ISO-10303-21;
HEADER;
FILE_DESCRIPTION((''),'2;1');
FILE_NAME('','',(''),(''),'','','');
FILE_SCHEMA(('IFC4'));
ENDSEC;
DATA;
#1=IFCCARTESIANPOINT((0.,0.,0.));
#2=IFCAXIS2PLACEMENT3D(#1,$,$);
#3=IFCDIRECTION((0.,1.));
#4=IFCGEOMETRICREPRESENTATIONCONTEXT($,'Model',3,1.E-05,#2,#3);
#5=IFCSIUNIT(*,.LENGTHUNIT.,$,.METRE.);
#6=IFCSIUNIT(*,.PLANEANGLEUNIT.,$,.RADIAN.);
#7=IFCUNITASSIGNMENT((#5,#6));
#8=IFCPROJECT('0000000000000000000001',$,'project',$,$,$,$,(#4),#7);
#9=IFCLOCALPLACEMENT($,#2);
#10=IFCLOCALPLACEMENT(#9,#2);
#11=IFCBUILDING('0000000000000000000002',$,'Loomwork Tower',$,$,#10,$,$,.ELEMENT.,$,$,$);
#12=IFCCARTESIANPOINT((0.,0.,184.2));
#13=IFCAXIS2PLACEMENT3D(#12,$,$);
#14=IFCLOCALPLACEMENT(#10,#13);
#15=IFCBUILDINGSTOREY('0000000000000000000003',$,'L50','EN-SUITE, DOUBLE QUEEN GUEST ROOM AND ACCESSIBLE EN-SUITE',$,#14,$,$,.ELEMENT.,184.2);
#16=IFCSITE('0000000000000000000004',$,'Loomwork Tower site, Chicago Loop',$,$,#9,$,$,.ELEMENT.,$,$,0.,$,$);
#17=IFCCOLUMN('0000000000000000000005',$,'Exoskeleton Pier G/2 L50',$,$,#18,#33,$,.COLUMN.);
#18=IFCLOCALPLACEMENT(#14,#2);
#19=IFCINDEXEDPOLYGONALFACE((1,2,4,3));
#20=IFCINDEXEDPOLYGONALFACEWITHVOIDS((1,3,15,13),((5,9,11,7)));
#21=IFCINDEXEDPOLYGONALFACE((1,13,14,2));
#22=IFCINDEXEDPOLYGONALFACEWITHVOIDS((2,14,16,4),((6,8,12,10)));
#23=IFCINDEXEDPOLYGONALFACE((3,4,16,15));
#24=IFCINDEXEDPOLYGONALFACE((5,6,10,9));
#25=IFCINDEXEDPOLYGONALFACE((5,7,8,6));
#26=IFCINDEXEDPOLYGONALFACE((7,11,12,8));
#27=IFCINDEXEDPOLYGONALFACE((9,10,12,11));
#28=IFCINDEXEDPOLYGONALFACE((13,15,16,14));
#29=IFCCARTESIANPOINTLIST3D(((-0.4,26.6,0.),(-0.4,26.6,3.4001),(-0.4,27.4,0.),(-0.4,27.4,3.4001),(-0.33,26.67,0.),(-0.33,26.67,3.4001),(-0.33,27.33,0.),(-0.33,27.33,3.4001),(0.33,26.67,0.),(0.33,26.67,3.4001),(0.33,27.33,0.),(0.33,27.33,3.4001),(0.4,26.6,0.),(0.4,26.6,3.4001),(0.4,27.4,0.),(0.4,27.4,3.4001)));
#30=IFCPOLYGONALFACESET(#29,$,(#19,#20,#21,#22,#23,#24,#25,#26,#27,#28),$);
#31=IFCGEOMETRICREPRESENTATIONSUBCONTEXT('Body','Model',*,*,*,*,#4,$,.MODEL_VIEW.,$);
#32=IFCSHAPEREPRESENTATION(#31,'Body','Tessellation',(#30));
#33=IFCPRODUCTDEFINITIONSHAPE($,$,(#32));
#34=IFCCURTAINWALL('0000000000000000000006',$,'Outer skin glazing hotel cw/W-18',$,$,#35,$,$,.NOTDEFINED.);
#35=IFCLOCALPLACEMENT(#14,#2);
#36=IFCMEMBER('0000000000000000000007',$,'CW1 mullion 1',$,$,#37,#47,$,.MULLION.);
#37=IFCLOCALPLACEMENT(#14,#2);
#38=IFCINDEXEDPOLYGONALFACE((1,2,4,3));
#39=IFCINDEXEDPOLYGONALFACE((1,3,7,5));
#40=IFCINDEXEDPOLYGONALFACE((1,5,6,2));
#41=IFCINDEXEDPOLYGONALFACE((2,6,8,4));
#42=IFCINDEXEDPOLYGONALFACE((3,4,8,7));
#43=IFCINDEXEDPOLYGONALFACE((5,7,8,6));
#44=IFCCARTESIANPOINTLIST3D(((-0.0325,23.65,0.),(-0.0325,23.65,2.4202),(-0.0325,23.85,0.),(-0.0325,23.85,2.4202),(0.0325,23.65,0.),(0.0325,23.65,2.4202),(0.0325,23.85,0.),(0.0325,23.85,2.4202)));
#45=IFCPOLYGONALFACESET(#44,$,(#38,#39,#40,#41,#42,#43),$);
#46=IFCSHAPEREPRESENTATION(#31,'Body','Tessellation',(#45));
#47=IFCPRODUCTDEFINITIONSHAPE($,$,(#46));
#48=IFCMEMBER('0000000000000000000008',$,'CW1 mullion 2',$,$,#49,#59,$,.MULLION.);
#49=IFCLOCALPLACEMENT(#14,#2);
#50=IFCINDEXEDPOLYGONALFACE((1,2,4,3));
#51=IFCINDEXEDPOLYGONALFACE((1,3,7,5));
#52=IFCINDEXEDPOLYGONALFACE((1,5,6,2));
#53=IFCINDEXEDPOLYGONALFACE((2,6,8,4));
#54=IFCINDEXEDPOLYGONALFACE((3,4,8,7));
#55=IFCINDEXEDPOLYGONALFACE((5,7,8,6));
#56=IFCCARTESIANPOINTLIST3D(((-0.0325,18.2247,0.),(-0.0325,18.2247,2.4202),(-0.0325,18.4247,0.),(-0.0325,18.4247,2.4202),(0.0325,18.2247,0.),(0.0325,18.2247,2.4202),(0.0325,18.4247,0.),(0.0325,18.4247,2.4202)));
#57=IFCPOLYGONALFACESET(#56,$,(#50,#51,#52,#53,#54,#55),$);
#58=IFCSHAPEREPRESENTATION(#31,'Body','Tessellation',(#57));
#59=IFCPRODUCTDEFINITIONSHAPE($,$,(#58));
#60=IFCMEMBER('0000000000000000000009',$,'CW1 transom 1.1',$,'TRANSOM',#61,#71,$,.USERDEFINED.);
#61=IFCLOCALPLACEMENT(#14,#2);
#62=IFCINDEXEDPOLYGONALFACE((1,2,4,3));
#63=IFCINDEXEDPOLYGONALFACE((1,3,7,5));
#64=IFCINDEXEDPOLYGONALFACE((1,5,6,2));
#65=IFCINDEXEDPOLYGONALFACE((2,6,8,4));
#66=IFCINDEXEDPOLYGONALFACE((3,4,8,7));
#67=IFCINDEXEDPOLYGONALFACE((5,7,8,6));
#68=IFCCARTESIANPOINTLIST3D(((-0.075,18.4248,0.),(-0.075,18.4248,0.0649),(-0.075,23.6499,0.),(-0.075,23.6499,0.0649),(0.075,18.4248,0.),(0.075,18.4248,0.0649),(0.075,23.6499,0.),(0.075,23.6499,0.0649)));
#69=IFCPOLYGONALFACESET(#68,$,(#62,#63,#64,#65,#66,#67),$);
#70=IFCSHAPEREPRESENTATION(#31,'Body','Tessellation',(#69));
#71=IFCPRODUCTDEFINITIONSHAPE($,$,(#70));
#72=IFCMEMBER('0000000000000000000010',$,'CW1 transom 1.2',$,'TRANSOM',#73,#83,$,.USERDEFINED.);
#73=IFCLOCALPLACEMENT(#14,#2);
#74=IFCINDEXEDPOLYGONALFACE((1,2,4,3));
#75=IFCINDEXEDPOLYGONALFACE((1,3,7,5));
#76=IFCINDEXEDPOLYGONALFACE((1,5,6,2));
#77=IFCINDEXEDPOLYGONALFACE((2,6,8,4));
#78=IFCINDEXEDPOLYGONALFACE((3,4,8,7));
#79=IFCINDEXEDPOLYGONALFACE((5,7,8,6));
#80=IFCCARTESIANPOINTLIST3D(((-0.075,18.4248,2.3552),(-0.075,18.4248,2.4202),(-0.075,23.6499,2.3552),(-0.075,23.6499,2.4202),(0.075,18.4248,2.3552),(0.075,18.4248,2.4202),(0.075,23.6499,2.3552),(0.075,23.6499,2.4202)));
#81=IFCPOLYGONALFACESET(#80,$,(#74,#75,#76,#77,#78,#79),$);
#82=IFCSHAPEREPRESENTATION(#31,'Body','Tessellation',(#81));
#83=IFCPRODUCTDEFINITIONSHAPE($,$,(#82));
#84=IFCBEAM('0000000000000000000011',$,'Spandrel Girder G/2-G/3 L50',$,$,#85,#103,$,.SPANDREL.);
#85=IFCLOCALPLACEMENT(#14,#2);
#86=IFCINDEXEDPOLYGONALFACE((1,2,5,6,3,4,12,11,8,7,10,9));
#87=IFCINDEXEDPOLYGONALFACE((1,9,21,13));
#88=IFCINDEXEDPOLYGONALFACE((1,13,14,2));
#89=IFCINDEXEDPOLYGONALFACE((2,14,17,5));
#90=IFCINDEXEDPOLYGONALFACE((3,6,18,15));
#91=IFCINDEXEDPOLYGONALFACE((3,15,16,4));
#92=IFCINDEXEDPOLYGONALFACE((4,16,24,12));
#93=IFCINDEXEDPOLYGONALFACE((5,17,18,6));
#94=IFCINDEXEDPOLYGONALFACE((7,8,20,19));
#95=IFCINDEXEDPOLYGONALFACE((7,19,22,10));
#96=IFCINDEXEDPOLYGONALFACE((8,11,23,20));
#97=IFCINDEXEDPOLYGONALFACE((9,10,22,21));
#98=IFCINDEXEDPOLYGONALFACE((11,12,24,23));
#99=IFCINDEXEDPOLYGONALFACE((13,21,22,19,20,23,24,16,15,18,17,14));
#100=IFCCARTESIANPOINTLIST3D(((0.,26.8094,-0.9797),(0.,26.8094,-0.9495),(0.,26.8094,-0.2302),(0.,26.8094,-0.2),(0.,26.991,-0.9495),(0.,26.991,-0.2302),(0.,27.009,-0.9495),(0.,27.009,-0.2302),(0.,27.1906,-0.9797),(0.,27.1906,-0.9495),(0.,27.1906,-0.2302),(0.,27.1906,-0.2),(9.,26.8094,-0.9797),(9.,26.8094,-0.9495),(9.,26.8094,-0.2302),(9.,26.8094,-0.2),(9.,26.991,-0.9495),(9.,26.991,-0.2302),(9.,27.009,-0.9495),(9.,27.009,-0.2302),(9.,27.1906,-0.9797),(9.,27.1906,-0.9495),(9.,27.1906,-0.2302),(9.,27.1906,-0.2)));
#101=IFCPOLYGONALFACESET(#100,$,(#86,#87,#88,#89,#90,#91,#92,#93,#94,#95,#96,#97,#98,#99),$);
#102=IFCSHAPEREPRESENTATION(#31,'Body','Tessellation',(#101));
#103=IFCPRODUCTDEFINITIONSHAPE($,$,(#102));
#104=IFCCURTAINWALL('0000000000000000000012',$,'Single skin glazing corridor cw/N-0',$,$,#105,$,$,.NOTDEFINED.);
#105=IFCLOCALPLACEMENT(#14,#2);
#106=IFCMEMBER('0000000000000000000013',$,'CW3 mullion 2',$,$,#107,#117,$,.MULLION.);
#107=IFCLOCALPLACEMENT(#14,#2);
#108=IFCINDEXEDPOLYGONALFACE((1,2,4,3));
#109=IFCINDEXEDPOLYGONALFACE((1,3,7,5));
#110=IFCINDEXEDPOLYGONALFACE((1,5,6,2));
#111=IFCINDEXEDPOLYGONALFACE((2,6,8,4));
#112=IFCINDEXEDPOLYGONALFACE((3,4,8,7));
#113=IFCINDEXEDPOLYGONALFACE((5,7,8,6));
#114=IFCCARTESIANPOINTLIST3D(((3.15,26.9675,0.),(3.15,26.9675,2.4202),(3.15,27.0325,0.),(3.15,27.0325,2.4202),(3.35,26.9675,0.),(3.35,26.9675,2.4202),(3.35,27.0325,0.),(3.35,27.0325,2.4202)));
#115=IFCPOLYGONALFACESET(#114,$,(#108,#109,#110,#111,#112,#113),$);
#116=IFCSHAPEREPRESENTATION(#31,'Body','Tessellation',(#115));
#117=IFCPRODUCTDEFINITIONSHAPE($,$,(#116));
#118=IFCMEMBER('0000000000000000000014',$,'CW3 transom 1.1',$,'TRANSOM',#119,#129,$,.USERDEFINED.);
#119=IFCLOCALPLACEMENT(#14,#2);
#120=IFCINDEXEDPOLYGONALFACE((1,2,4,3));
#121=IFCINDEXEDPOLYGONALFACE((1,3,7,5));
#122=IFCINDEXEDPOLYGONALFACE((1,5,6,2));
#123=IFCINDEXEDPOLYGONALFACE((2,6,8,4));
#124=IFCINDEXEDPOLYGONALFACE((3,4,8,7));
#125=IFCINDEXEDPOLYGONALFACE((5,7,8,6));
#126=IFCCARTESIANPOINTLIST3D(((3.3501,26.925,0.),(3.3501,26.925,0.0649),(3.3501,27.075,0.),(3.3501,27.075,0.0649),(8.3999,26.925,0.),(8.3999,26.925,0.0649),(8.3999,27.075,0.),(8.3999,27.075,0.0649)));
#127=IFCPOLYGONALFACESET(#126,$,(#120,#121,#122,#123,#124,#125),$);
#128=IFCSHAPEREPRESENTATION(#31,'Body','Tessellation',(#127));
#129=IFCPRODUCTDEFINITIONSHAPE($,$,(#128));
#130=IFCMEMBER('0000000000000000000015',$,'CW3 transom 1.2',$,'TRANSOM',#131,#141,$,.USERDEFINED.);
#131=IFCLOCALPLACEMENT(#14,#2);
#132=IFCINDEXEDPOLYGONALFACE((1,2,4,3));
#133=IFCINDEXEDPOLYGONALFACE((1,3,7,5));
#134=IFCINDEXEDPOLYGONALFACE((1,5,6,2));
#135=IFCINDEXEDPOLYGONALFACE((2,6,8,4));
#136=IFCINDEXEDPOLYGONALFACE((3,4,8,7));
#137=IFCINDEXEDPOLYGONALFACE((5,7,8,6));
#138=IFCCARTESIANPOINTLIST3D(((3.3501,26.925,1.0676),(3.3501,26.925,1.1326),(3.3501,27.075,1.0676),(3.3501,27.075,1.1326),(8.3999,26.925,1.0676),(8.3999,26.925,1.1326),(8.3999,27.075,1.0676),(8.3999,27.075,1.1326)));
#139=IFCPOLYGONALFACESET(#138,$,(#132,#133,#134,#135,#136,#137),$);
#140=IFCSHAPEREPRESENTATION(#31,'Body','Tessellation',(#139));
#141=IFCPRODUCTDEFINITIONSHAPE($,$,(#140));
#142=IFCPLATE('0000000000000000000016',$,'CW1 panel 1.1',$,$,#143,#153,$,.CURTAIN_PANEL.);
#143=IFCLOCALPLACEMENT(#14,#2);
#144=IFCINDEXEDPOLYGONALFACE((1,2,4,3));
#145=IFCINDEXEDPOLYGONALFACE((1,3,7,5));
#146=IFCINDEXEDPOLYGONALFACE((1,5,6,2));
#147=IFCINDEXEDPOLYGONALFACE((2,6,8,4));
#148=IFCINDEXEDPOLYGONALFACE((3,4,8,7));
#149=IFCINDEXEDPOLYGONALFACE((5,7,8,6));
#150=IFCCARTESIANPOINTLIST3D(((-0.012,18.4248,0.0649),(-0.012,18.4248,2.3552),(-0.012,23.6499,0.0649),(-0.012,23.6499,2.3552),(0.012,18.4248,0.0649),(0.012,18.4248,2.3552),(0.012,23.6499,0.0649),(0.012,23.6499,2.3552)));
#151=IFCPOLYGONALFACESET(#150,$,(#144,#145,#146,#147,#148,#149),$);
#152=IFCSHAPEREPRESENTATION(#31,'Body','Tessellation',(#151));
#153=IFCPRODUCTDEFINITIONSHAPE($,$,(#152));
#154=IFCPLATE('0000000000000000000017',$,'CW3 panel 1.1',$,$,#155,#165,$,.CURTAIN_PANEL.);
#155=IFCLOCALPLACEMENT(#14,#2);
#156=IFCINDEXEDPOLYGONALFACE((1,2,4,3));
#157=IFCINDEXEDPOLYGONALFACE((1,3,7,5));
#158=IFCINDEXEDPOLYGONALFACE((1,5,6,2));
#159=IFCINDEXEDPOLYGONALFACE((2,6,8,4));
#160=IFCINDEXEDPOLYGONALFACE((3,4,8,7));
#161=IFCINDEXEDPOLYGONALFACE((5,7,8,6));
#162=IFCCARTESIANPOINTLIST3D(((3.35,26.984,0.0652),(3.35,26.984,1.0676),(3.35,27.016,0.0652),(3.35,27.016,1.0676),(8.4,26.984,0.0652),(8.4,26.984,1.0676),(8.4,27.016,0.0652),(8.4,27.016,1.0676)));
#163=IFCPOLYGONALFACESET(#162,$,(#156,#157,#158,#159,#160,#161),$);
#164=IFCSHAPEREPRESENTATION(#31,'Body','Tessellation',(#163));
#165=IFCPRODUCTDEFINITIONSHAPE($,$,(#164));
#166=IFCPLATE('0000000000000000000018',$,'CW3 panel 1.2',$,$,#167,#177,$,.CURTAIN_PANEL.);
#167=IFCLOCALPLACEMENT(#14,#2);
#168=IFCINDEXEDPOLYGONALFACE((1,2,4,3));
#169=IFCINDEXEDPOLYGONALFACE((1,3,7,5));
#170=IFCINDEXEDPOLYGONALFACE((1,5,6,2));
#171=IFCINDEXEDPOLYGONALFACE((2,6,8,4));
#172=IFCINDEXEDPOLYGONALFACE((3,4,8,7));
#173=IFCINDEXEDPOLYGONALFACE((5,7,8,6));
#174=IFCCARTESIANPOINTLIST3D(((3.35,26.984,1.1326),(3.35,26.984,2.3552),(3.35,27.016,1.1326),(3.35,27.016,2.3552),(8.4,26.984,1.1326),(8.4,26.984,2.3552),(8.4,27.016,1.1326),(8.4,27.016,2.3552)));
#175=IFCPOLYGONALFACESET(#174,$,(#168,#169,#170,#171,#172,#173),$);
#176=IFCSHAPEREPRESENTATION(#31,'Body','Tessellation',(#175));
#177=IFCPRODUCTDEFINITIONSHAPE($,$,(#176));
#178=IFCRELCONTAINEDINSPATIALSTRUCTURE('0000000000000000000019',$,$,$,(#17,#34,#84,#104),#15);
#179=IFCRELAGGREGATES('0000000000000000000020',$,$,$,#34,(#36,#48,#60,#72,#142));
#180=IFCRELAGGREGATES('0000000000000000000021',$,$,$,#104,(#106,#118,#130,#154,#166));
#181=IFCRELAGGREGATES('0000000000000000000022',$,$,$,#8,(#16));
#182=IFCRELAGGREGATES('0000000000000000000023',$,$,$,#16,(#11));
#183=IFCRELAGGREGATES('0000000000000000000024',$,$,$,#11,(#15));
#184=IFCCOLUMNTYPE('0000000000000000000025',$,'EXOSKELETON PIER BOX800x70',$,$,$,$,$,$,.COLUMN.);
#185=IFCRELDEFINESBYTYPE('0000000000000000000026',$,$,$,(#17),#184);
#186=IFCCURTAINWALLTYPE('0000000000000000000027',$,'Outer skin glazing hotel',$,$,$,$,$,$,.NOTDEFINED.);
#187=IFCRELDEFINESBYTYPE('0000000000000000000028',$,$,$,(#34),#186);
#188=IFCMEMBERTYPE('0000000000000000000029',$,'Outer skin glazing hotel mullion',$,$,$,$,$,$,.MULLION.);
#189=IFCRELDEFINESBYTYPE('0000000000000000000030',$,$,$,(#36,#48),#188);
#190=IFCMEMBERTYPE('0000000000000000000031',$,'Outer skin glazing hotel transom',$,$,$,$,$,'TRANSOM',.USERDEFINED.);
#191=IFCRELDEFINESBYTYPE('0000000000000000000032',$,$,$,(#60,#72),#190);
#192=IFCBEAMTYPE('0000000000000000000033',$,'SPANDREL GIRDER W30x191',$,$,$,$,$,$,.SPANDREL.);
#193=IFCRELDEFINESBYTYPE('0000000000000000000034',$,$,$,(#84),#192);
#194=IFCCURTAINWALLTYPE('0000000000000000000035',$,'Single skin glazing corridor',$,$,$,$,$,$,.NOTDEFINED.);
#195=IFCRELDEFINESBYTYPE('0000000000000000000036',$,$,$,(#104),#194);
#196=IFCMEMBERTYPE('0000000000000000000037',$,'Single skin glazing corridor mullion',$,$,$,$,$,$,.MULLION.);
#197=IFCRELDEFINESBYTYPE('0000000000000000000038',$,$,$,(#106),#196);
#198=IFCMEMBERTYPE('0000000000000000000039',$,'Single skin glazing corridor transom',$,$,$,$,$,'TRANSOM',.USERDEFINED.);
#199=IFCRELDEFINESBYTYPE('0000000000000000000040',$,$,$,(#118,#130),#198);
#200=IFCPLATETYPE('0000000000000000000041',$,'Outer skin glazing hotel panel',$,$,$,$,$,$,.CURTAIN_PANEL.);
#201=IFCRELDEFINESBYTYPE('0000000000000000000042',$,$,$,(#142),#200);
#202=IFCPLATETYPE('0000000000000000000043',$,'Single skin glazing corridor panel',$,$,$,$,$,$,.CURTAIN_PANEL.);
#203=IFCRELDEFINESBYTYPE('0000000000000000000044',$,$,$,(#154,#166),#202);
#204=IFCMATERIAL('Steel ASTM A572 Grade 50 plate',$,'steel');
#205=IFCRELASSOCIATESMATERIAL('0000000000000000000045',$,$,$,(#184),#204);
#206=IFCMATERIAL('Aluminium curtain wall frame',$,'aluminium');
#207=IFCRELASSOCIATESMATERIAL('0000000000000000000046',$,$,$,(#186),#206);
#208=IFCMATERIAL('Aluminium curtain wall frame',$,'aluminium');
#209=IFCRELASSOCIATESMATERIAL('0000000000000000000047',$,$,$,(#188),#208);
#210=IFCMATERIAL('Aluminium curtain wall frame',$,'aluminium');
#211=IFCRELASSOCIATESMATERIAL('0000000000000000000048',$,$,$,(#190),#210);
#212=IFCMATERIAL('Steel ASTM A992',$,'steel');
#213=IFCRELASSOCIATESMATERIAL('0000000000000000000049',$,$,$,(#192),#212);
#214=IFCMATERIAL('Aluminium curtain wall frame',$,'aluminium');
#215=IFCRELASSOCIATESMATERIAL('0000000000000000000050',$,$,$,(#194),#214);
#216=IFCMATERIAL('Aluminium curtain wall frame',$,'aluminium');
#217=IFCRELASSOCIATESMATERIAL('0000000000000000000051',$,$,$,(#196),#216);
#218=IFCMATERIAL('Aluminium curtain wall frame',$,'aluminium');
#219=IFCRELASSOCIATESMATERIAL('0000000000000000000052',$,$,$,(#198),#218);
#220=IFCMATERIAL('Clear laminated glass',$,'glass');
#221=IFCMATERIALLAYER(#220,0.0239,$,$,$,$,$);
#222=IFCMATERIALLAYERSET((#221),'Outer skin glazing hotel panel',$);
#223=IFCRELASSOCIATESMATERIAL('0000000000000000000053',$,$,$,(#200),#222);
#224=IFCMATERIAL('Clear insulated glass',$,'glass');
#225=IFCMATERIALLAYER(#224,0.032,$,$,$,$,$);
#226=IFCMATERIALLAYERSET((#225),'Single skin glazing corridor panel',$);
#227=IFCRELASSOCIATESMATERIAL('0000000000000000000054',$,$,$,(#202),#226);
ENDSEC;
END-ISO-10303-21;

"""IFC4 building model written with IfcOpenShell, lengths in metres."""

from ifc_helpers import new_model, si_unit, direction, frame, origin, origin_2d, place, context, subcontext, project, spatial, rectangle, hollow_rectangle, i_section, extrude, material, layer, layer_set, material_profile, profile_set, type_object, element, aggregate, save


model = new_model("IFC4")

# Units and contexts
model_context = context("Model", 3, precision=1e-05, world=origin(), true_north=direction((0.0, 1.0)))
body_context = subcontext(model_context, "Body", "Model", "MODEL_VIEW")
ifc_project = project(units=[si_unit("LENGTHUNIT", "METRE"), si_unit("PLANEANGLEUNIT", "RADIAN")], contexts=[model_context])

# Site, building, storey
site_placement = place(None, origin())
site = spatial("IfcSite", under=ifc_project, at=site_placement, Name="Loomwork Tower site, Chicago Loop", CompositionType="ELEMENT", RefElevation=0.0)
building_placement = place(site_placement, origin())
building = spatial("IfcBuilding", under=site, at=building_placement, Name="Loomwork Tower", CompositionType="ELEMENT")
storey_placement = place(building_placement, frame((0.0, 0.0, 184.2)))
storey = spatial("IfcBuildingStorey", under=building, at=storey_placement, Name="L50", Description="EN-SUITE, DOUBLE QUEEN GUEST ROOM AND ACCESSIBLE EN-SUITE", CompositionType="ELEMENT", Elevation=184.2)

# Column
ifc_material_1 = material(Name="Steel ASTM A572 Grade 50 plate", Category="steel")
ifc_material_profile_1 = material_profile(ifc_material_1, hollow_rectangle(XDim=0.8, YDim=0.8, WallThickness=0.0701, at=origin_2d()), Name="BOX800x70")
ifc_profile_set_1 = profile_set([ifc_material_profile_1], Name="Steel ASTM A572 Grade 50 plate")
column_type = type_object("IfcColumnType", Name="EXOSKELETON PIER BOX800x70", PredefinedType="COLUMN", material=ifc_profile_set_1)
column_placement = place(storey_placement, frame((0.0, 27.0, 0.0), z_axis=(0.0, 0.0, 1.0), x_axis=(0.0, 1.0, 0.0)))
element("IfcColumn", 1, at=column_placement, inside=storey, type_object=column_type, Name="Exoskeleton Pier G/2 L50", PredefinedType="COLUMN", context=body_context, shape_type="SweptSolid", body=[
    extrude(hollow_rectangle(XDim=0.8, YDim=0.8, WallThickness=0.0701, at=origin_2d()), origin(), (0.0, 0.0, 1.0), 3.4001),
])

# Curtain wall, members
ifc_material_2 = material(Name="Aluminium curtain wall frame", Category="aluminium")
curtain_wall_type_1 = type_object("IfcCurtainWallType", Name="Outer skin glazing hotel", PredefinedType="NOTDEFINED", material=ifc_material_2)
curtain_wall_1_placement = place(storey_placement, origin())
curtain_wall_1 = element("IfcCurtainWall", 2, at=curtain_wall_1_placement, inside=storey, type_object=curtain_wall_type_1, Name="Outer skin glazing hotel cw/W-18", PredefinedType="NOTDEFINED")
ifc_material_3 = material(Name="Aluminium curtain wall frame", Category="aluminium")
ifc_material_profile_2 = material_profile(ifc_material_3, rectangle(XDim=0.0649, YDim=0.2, at=origin_2d()), Name="AL 65x200")
ifc_profile_set_2 = profile_set([ifc_material_profile_2], Name="Aluminium curtain wall frame")
member_type_1 = type_object("IfcMemberType", Name="Outer skin glazing hotel mullion", PredefinedType="MULLION", material=ifc_profile_set_2)
member_1_placement = place(storey_placement, frame((0.0, 23.75, 0.0), z_axis=(0.0, 0.0, 1.0), x_axis=(1.0, 0.0, 0.0)))
member_1 = element("IfcMember", 3, at=member_1_placement, type_object=member_type_1, Name="CW1 mullion 1", PredefinedType="MULLION", context=body_context, shape_type="SweptSolid", body=[
    extrude(rectangle(XDim=0.0649, YDim=0.2, at=origin_2d()), origin(), (0.0, 0.0, 1.0), 2.4202),
])
member_2_placement = place(storey_placement, frame((0.0, 18.3247, 0.0), z_axis=(0.0, 0.0, 1.0), x_axis=(1.0, 0.0, 0.0)))
member_2 = element("IfcMember", 4, at=member_2_placement, type_object=member_type_1, Name="CW1 mullion 2", PredefinedType="MULLION", context=body_context, shape_type="SweptSolid", body=[
    extrude(rectangle(XDim=0.0649, YDim=0.2, at=origin_2d()), origin(), (0.0, 0.0, 1.0), 2.4202),
])
ifc_material_4 = material(Name="Aluminium curtain wall frame", Category="aluminium")
ifc_material_profile_3 = material_profile(ifc_material_4, rectangle(XDim=0.1499, YDim=0.0649, at=origin_2d()), Name="AL 65x150")
ifc_profile_set_3 = profile_set([ifc_material_profile_3], Name="Aluminium curtain wall frame")
member_type_2 = type_object("IfcMemberType", Name="Outer skin glazing hotel transom", ElementType="TRANSOM", PredefinedType="USERDEFINED", material=ifc_profile_set_3)
member_3_placement = place(storey_placement, frame((0.0, 23.6499, 0.0325), z_axis=(0.0, -1.0, 0.0), x_axis=(1.0, 0.0, 0.0)))
member_3 = element("IfcMember", 5, at=member_3_placement, type_object=member_type_2, Name="CW1 transom 1.1", ObjectType="TRANSOM", PredefinedType="USERDEFINED", context=body_context, shape_type="SweptSolid", body=[
    extrude(rectangle(XDim=0.1499, YDim=0.0649, at=origin_2d()), origin(), (0.0, 0.0, 1.0), 5.2251),
])
member_4_placement = place(storey_placement, frame((0.0, 23.6499, 2.3877), z_axis=(0.0, -1.0, 0.0), x_axis=(1.0, 0.0, 0.0)))
member_4 = element("IfcMember", 6, at=member_4_placement, type_object=member_type_2, Name="CW1 transom 1.2", ObjectType="TRANSOM", PredefinedType="USERDEFINED", context=body_context, shape_type="SweptSolid", body=[
    extrude(rectangle(XDim=0.1499, YDim=0.0649, at=origin_2d()), origin(), (0.0, 0.0, 1.0), 5.2251),
])

# Beam
ifc_material_5 = material(Name="Steel ASTM A992", Category="steel")
ifc_material_profile_4 = material_profile(ifc_material_5, i_section(OverallWidth=0.3811, OverallDepth=0.7798, WebThickness=0.0181, FlangeThickness=0.0303, at=origin_2d()), Name="W30x191")
ifc_profile_set_4 = profile_set([ifc_material_profile_4], Name="Steel ASTM A992")
beam_type = type_object("IfcBeamType", Name="SPANDREL GIRDER W30x191", PredefinedType="SPANDREL", material=ifc_profile_set_4)
beam_placement = place(storey_placement, frame((0.0, 27.0, -0.5898), z_axis=(1.0, 0.0, 0.0), x_axis=(0.0, 1.0, 0.0)))
element("IfcBeam", 7, at=beam_placement, inside=storey, type_object=beam_type, Name="Spandrel Girder G/2-G/3 L50", PredefinedType="SPANDREL", context=body_context, shape_type="SweptSolid", body=[
    extrude(i_section(OverallWidth=0.3811, OverallDepth=0.7798, WebThickness=0.0181, FlangeThickness=0.0303, at=origin_2d()), origin(), (0.0, 0.0, 1.0), 9.0),
])

# Curtain wall, members
ifc_material_6 = material(Name="Aluminium curtain wall frame", Category="aluminium")
curtain_wall_type_2 = type_object("IfcCurtainWallType", Name="Single skin glazing corridor", PredefinedType="NOTDEFINED", material=ifc_material_6)
curtain_wall_2_placement = place(storey_placement, origin())
curtain_wall_2 = element("IfcCurtainWall", 8, at=curtain_wall_2_placement, inside=storey, type_object=curtain_wall_type_2, Name="Single skin glazing corridor cw/N-0", PredefinedType="NOTDEFINED")
ifc_material_7 = material(Name="Aluminium curtain wall frame", Category="aluminium")
ifc_material_profile_5 = material_profile(ifc_material_7, rectangle(XDim=0.0649, YDim=0.2, at=origin_2d()), Name="AL 65x200")
ifc_profile_set_5 = profile_set([ifc_material_profile_5], Name="Aluminium curtain wall frame")
member_type_3 = type_object("IfcMemberType", Name="Single skin glazing corridor mullion", PredefinedType="MULLION", material=ifc_profile_set_5)
member_5_placement = place(storey_placement, frame((3.25, 27.0, 0.0), z_axis=(0.0, 0.0, 1.0), x_axis=(0.0, -1.0, 0.0)))
member_5 = element("IfcMember", 9, at=member_5_placement, type_object=member_type_3, Name="CW3 mullion 2", PredefinedType="MULLION", context=body_context, shape_type="SweptSolid", body=[
    extrude(rectangle(XDim=0.0649, YDim=0.2, at=origin_2d()), origin(), (0.0, 0.0, 1.0), 2.4202),
])
ifc_material_8 = material(Name="Aluminium curtain wall frame", Category="aluminium")
ifc_material_profile_6 = material_profile(ifc_material_8, rectangle(XDim=0.1499, YDim=0.0649, at=origin_2d()), Name="AL 65x150")
ifc_profile_set_6 = profile_set([ifc_material_profile_6], Name="Aluminium curtain wall frame")
member_type_4 = type_object("IfcMemberType", Name="Single skin glazing corridor transom", ElementType="TRANSOM", PredefinedType="USERDEFINED", material=ifc_profile_set_6)
member_6_placement = place(storey_placement, frame((8.3999, 27.0, 0.0325), z_axis=(-1.0, 0.0, 0.0), x_axis=(0.0, -1.0, 0.0)))
member_6 = element("IfcMember", 10, at=member_6_placement, type_object=member_type_4, Name="CW3 transom 1.1", ObjectType="TRANSOM", PredefinedType="USERDEFINED", context=body_context, shape_type="SweptSolid", body=[
    extrude(rectangle(XDim=0.1499, YDim=0.0649, at=origin_2d()), origin(), (0.0, 0.0, 1.0), 5.0498),
])
member_7_placement = place(storey_placement, frame((8.3999, 27.0, 1.1001), z_axis=(-1.0, 0.0, 0.0), x_axis=(0.0, -1.0, 0.0)))
member_7 = element("IfcMember", 11, at=member_7_placement, type_object=member_type_4, Name="CW3 transom 1.2", ObjectType="TRANSOM", PredefinedType="USERDEFINED", context=body_context, shape_type="SweptSolid", body=[
    extrude(rectangle(XDim=0.1499, YDim=0.0649, at=origin_2d()), origin(), (0.0, 0.0, 1.0), 5.0498),
])

# Plates
ifc_material_9 = material(Name="Clear laminated glass", Category="glass")
ifc_layer_1 = layer(ifc_material_9, 0.0239)
ifc_layer_set_1 = layer_set([ifc_layer_1], Name="Outer skin glazing hotel panel")
plate_type_1 = type_object("IfcPlateType", Name="Outer skin glazing hotel panel", PredefinedType="CURTAIN_PANEL", material=ifc_layer_set_1)
plate_1_placement = place(storey_placement, frame((0.0, 21.0374, 0.0649), z_axis=(0.0, 0.0, 1.0), x_axis=(0.0, -1.0, 0.0)))
plate_1 = element("IfcPlate", 12, at=plate_1_placement, type_object=plate_type_1, Name="CW1 panel 1.1", PredefinedType="CURTAIN_PANEL", context=body_context, shape_type="SweptSolid", body=[
    extrude(rectangle(XDim=5.2251, YDim=0.0239, at=origin_2d()), origin(), (0.0, 0.0, 1.0), 2.2903),
])
aggregate(curtain_wall_1, [member_1, member_2, member_3, member_4, plate_1])
ifc_material_10 = material(Name="Clear insulated glass", Category="glass")
ifc_layer_2 = layer(ifc_material_10, 0.032)
ifc_layer_set_2 = layer_set([ifc_layer_2], Name="Single skin glazing corridor panel")
plate_type_2 = type_object("IfcPlateType", Name="Single skin glazing corridor panel", PredefinedType="CURTAIN_PANEL", material=ifc_layer_set_2)
plate_2_placement = place(storey_placement, frame((5.875, 27.0, 0.0652), z_axis=(0.0, 0.0, 1.0), x_axis=(-1.0, 0.0, 0.0)))
plate_2 = element("IfcPlate", 13, at=plate_2_placement, type_object=plate_type_2, Name="CW3 panel 1.1", PredefinedType="CURTAIN_PANEL", context=body_context, shape_type="SweptSolid", body=[
    extrude(rectangle(XDim=5.05, YDim=0.032, at=origin_2d()), origin(), (0.0, 0.0, 1.0), 1.0024),
])
plate_3_placement = place(storey_placement, frame((5.875, 27.0, 1.1326), z_axis=(0.0, 0.0, 1.0), x_axis=(-1.0, 0.0, 0.0)))
plate_3 = element("IfcPlate", 14, at=plate_3_placement, type_object=plate_type_2, Name="CW3 panel 1.2", PredefinedType="CURTAIN_PANEL", context=body_context, shape_type="SweptSolid", body=[
    extrude(rectangle(XDim=5.05, YDim=0.032, at=origin_2d()), origin(), (0.0, 0.0, 1.0), 1.2227),
])
aggregate(curtain_wall_2, [member_5, member_6, member_7, plate_2, plate_3])

save(model, "model.ifc")
